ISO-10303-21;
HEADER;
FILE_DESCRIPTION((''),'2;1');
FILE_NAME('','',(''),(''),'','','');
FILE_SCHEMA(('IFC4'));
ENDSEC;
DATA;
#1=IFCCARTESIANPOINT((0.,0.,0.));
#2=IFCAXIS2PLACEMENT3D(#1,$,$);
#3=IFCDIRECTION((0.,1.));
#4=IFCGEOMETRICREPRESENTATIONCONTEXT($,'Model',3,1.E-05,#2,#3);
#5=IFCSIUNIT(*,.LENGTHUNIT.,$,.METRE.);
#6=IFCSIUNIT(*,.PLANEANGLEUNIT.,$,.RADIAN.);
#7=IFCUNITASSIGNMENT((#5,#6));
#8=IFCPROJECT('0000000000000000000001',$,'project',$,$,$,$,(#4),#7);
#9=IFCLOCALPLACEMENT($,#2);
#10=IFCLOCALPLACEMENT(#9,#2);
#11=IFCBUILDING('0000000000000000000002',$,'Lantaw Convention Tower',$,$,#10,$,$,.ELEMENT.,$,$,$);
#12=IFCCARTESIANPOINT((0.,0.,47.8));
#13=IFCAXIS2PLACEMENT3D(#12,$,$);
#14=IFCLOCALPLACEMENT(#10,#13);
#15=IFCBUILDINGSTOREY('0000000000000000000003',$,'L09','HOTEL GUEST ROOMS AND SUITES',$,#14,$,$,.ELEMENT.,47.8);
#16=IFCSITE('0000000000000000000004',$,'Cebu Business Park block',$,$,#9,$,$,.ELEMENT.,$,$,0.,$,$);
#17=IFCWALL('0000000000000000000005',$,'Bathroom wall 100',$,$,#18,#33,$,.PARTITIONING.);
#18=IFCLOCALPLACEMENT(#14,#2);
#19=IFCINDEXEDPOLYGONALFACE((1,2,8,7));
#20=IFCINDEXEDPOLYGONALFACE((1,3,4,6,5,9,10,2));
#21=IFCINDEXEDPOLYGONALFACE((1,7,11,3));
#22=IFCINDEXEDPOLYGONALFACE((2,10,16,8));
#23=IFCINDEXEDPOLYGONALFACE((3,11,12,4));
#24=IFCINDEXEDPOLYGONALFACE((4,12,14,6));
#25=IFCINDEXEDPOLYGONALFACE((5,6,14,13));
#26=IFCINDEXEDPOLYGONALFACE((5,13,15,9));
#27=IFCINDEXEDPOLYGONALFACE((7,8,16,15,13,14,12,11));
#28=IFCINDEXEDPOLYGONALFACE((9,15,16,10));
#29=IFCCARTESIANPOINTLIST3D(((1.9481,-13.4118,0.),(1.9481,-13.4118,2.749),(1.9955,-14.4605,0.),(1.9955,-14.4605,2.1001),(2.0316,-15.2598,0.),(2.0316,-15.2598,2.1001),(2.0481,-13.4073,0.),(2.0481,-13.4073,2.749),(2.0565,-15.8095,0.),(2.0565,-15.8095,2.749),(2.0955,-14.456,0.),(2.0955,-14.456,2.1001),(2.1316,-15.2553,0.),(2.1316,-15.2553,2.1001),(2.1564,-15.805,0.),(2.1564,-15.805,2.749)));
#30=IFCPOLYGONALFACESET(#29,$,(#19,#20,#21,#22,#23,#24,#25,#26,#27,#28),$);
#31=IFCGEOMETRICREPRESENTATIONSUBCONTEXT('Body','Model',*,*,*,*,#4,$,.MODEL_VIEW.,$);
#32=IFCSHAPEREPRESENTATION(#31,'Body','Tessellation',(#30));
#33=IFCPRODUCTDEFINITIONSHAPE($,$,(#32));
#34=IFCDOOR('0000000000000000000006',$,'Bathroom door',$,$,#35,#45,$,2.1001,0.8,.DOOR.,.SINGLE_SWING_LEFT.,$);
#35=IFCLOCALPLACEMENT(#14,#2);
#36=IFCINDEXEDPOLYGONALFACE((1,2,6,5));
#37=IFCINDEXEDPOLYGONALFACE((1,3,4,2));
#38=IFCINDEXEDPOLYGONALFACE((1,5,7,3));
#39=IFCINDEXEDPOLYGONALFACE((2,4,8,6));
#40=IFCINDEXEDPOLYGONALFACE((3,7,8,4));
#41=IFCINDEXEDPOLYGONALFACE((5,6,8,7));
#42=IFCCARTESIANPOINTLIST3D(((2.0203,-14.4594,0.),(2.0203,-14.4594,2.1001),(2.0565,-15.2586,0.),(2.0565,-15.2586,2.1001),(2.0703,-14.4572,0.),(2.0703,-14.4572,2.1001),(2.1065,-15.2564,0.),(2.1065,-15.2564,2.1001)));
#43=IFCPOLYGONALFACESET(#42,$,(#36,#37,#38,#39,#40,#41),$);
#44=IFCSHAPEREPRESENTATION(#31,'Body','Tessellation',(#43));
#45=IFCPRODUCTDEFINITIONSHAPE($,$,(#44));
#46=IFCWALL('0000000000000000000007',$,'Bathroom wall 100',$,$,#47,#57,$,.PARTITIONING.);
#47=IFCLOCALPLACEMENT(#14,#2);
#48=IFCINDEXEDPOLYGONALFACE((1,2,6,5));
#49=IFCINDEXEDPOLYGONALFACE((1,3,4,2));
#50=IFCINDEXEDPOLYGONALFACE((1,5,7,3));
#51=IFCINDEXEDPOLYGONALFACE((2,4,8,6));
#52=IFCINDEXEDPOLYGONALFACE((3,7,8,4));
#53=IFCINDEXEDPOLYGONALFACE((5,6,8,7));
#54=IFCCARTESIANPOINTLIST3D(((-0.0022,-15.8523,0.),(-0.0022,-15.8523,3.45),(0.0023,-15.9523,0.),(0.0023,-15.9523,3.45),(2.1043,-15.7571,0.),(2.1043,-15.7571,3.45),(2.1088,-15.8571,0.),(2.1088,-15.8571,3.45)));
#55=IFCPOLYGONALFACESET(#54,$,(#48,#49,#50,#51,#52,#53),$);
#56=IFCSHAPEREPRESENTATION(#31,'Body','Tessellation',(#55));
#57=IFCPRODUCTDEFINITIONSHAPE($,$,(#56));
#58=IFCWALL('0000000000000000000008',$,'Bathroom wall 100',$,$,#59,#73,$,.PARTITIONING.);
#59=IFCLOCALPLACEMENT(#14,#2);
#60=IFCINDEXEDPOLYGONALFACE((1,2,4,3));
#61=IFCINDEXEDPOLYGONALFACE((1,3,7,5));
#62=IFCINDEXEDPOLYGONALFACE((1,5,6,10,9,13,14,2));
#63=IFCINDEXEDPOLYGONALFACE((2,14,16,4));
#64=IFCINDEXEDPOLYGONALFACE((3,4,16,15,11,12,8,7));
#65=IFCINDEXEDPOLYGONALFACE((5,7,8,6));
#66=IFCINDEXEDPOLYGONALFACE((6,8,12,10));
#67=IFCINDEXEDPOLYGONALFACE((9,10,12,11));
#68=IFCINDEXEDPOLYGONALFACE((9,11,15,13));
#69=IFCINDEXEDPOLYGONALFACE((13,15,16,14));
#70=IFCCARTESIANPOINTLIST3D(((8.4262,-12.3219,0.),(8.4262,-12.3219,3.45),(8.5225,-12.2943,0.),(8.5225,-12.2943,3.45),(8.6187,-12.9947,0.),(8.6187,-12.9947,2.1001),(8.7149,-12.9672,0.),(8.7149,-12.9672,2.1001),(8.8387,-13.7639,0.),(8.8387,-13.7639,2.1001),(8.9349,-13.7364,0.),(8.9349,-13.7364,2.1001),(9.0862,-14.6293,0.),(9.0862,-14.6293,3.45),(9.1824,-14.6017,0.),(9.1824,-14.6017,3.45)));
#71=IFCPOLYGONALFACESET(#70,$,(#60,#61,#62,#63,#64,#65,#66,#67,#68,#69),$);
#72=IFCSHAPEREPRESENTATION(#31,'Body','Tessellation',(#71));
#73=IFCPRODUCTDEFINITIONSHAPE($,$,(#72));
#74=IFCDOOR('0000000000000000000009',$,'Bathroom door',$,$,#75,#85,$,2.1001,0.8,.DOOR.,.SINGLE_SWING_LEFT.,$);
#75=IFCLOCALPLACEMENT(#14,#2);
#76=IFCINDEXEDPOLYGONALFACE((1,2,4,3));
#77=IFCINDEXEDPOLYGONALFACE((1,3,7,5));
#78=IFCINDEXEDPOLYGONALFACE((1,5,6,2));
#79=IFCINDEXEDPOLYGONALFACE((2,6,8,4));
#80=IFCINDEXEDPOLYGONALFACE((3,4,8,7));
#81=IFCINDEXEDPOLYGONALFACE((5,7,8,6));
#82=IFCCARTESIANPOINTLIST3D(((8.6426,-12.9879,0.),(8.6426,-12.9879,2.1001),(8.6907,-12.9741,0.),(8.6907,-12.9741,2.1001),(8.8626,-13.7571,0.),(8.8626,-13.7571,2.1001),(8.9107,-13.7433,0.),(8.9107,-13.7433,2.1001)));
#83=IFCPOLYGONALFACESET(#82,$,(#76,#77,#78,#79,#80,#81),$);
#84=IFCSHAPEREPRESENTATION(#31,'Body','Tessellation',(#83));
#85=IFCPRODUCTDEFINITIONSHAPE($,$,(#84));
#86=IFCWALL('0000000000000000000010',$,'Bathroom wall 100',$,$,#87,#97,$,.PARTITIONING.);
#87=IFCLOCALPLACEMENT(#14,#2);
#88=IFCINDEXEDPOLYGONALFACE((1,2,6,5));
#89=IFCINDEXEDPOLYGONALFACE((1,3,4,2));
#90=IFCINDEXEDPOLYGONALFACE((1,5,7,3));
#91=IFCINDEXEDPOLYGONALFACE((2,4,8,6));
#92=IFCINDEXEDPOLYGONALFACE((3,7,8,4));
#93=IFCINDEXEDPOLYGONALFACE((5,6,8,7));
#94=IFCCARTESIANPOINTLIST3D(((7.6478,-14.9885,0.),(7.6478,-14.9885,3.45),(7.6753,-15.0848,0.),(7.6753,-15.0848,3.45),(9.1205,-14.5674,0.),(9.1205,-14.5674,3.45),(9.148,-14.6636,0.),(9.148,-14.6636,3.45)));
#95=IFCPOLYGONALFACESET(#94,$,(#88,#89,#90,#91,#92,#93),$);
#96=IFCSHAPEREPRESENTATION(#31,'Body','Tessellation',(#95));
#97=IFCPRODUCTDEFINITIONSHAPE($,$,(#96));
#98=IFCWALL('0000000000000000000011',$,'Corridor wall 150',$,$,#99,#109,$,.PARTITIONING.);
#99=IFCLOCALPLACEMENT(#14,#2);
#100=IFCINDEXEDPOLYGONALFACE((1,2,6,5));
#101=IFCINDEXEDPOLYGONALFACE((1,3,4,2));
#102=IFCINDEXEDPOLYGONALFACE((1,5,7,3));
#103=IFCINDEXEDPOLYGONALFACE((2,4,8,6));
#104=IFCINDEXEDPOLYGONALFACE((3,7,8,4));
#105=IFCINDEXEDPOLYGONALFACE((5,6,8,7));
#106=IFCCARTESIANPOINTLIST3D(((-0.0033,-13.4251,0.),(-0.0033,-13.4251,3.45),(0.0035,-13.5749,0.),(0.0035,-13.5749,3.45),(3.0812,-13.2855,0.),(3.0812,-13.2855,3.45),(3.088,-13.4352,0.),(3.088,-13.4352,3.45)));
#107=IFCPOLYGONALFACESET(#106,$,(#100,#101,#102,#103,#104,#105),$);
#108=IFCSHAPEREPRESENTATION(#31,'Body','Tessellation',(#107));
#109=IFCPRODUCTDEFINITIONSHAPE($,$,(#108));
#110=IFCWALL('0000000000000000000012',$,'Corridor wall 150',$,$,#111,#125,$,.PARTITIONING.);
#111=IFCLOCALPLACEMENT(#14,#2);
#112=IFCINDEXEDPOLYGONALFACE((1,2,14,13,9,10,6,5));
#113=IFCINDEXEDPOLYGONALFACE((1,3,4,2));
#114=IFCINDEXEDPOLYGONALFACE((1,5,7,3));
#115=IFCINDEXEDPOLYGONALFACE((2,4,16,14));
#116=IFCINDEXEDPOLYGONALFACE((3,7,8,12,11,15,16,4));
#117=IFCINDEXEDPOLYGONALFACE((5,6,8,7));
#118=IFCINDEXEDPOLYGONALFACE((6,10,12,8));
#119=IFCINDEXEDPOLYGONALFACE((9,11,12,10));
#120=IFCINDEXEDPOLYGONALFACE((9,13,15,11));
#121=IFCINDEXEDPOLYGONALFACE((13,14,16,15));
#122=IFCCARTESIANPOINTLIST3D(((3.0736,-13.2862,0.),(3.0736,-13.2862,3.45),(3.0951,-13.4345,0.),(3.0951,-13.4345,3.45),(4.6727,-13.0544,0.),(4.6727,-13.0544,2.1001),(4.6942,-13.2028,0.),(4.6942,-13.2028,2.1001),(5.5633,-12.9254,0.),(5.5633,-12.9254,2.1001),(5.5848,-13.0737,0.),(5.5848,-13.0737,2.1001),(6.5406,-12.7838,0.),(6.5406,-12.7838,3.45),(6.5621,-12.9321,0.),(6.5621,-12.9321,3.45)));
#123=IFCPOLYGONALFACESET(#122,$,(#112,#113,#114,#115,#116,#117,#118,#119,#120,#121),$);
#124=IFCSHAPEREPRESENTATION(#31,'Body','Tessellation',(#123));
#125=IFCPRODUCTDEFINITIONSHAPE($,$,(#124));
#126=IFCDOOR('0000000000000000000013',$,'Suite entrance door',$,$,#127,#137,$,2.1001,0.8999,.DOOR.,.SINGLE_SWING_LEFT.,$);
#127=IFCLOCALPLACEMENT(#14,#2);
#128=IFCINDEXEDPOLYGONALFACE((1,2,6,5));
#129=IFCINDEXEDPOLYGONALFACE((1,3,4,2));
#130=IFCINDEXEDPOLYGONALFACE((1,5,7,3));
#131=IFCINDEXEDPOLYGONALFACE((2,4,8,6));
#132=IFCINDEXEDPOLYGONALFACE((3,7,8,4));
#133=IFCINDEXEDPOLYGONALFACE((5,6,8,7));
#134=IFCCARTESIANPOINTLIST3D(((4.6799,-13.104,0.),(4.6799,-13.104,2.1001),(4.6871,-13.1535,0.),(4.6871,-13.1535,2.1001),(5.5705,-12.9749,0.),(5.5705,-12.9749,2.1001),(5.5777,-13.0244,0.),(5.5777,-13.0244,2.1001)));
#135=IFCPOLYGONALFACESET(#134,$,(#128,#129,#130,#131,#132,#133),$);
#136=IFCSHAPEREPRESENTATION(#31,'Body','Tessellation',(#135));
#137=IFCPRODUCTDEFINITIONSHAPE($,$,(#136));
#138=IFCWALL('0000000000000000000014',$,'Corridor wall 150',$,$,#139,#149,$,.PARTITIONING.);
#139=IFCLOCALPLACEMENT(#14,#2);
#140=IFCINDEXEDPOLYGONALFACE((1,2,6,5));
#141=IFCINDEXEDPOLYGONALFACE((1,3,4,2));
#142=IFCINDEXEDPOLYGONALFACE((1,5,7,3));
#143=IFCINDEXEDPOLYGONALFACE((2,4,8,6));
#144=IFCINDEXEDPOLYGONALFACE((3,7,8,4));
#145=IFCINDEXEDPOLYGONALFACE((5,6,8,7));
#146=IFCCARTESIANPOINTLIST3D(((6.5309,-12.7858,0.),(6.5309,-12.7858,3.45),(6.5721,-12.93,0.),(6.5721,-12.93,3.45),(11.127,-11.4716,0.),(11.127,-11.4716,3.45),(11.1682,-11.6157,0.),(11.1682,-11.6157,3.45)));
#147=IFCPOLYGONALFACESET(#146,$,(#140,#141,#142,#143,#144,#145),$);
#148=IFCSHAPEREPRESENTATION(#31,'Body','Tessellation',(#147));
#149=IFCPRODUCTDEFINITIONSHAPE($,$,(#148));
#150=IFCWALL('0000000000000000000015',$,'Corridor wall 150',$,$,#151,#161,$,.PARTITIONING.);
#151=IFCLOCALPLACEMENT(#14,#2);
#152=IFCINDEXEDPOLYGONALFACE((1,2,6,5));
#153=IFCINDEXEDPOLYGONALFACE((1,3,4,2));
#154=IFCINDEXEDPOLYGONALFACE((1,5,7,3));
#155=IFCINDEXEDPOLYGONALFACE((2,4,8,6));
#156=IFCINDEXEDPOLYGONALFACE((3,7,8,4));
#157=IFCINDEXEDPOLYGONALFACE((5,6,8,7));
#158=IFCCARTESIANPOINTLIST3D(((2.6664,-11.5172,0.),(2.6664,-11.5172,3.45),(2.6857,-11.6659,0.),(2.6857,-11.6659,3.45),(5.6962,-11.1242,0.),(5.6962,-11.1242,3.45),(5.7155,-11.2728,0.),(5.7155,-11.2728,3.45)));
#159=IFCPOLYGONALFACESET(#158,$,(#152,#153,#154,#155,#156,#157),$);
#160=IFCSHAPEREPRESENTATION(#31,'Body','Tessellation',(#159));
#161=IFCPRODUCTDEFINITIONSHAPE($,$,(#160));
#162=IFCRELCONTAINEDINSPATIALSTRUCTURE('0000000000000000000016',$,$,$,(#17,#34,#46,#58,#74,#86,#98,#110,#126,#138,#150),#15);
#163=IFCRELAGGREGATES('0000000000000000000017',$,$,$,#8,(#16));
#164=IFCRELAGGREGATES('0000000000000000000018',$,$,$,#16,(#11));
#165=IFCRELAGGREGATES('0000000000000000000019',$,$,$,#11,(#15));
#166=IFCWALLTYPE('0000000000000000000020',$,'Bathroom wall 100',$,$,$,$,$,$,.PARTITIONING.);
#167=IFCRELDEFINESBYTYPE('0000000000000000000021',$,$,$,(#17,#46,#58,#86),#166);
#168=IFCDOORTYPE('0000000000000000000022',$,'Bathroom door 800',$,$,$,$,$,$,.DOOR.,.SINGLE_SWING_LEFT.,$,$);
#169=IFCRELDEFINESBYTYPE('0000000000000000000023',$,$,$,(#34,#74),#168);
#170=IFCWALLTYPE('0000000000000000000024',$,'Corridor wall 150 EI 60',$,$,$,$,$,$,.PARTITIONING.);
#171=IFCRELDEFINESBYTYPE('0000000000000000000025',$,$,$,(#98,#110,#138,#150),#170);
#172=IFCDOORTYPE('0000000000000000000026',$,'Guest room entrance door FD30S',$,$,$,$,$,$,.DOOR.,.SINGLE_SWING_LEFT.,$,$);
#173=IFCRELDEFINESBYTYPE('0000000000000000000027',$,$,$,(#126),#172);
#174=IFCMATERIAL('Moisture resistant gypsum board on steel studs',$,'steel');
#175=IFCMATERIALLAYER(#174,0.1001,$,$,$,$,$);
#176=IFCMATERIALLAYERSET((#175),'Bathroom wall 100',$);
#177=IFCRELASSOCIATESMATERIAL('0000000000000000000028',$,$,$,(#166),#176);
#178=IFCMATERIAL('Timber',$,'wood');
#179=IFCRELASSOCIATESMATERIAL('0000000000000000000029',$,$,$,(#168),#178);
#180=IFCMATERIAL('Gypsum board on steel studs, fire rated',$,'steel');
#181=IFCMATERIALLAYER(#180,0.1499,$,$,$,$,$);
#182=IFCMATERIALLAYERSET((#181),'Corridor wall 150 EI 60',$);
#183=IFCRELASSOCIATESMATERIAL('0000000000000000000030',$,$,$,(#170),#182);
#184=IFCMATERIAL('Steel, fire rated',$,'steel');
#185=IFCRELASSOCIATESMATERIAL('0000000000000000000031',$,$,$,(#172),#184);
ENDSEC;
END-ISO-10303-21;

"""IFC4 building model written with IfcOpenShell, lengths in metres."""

from ifc_helpers import new_model, si_unit, direction, frame, frame_2d, origin, place, context, subcontext, project, spatial, rectangle, extrude, material, layer, layer_set, type_object, element, fill, save


model = new_model("IFC4")

# Units and contexts
model_context = context("Model", 3, precision=1e-05, world=origin(), true_north=direction((0.0, 1.0)))
body_context = subcontext(model_context, "Body", "Model", "MODEL_VIEW")
ifc_project = project(units=[si_unit("LENGTHUNIT", "METRE"), si_unit("PLANEANGLEUNIT", "RADIAN")], contexts=[model_context])

# Site, building, storey
site_placement = place(None, origin())
site = spatial("IfcSite", under=ifc_project, at=site_placement, Name="Cebu Business Park block", CompositionType="ELEMENT", RefElevation=0.0)
building_placement = place(site_placement, origin())
building = spatial("IfcBuilding", under=site, at=building_placement, Name="Lantaw Convention Tower", CompositionType="ELEMENT")
storey_placement = place(building_placement, frame((0.0, 0.0, 47.8)))
storey = spatial("IfcBuildingStorey", under=building, at=storey_placement, Name="L09", Description="HOTEL GUEST ROOMS AND SUITES", CompositionType="ELEMENT", Elevation=47.8)

# Wall, opening, door
ifc_material_1 = material(Name="Moisture resistant gypsum board on steel studs", Category="steel")
ifc_layer_1 = layer(ifc_material_1, 0.1001)
ifc_layer_set_1 = layer_set([ifc_layer_1], Name="Bathroom wall 100")
wall_type_1 = type_object("IfcWallType", Name="Bathroom wall 100", PredefinedType="PARTITIONING", material=ifc_layer_set_1)
wall_1_placement = place(storey_placement, frame((1.998, -13.4094, 0.0), z_axis=(0.0, 0.0, 1.0), x_axis=(0.045163, -0.99898, 0.0)))
wall_1 = element("IfcWall", 1, at=wall_1_placement, inside=storey, type_object=wall_type_1, Name="Bathroom wall 100", PredefinedType="PARTITIONING", context=body_context, shape_type="SweptSolid", body=[
    extrude(rectangle(XDim=2.4001, YDim=0.1001, at=frame_2d((1.2002, 0.0))), origin(), (0.0, 0.0, 1.0), 2.749),
])
opening_1_placement = place(wall_1_placement, frame((1.05, 0.0, 0.0)))
opening_1 = element("IfcOpeningElement", 2, at=opening_1_placement, cuts=wall_1, PredefinedType="OPENING", context=body_context, shape_type="SweptSolid", body=[
    extrude(rectangle(XDim=0.8, YDim=2.1001, at=frame_2d((0.3999, 1.05))), frame((0.0, 0.0601, 0.0), z_axis=(0.0, -1.0, 0.0), x_axis=(1.0, 0.0, 0.0)), (0.0, 0.0, 1.0), 0.1201),
])
ifc_material_2 = material(Name="Timber", Category="wood")
door_type_1 = type_object("IfcDoorType", Name="Bathroom door 800", OperationType="SINGLE_SWING_LEFT", PredefinedType="DOOR", material=ifc_material_2)
door_1_placement = place(opening_1_placement, origin())
door_1 = element("IfcDoor", 3, at=door_1_placement, inside=storey, type_object=door_type_1, Name="Bathroom door", OperationType="SINGLE_SWING_LEFT", OverallHeight=2.1001, OverallWidth=0.8, PredefinedType="DOOR", context=body_context, shape_type="SweptSolid", body=[
    extrude(rectangle(XDim=0.8, YDim=2.1001, at=frame_2d((0.3999, 1.05))), frame((0.0, 0.0249, 0.0), z_axis=(0.0, -1.0, 0.0), x_axis=(1.0, 0.0, 0.0)), (0.0, 0.0, 1.0), 0.05),
])
fill(opening_1, door_1)

# Wall
wall_2_placement = place(storey_placement, frame((2.1064, -15.8071, 0.0), z_axis=(0.0, 0.0, 1.0), x_axis=(-0.99898, -0.045156, 0.0)))
element("IfcWall", 4, at=wall_2_placement, inside=storey, type_object=wall_type_1, Name="Bathroom wall 100", PredefinedType="PARTITIONING", context=body_context, shape_type="SweptSolid", body=[
    extrude(rectangle(XDim=2.1086, YDim=0.1001, at=frame_2d((1.0542, 0.0))), origin(), (0.0, 0.0, 1.0), 3.45),
])

# Wall, opening, door
wall_3_placement = place(storey_placement, frame((8.4744, -12.3081, 0.0), z_axis=(0.0, 0.0, 1.0), x_axis=(0.274976, -0.961451, 0.0)))
wall_3 = element("IfcWall", 5, at=wall_3_placement, inside=storey, type_object=wall_type_1, Name="Bathroom wall 100", PredefinedType="PARTITIONING", context=body_context, shape_type="SweptSolid", body=[
    extrude(rectangle(XDim=2.3999, YDim=0.1001, at=frame_2d((1.2, 0.0))), origin(), (0.0, 0.0, 1.0), 3.45),
])
opening_2_placement = place(wall_3_placement, frame((0.7, 0.0, 0.0)))
opening_2 = element("IfcOpeningElement", 6, at=opening_2_placement, cuts=wall_3, PredefinedType="OPENING", context=body_context, shape_type="SweptSolid", body=[
    extrude(rectangle(XDim=0.8, YDim=2.1001, at=frame_2d((0.3999, 1.05))), frame((0.0, 0.0601, 0.0), z_axis=(0.0, -1.0, 0.0), x_axis=(1.0, 0.0, 0.0)), (0.0, 0.0, 1.0), 0.1201),
])
door_2_placement = place(opening_2_placement, origin())
door_2 = element("IfcDoor", 7, at=door_2_placement, inside=storey, type_object=door_type_1, Name="Bathroom door", OperationType="SINGLE_SWING_LEFT", OverallHeight=2.1001, OverallWidth=0.8, PredefinedType="DOOR", context=body_context, shape_type="SweptSolid", body=[
    extrude(rectangle(XDim=0.8, YDim=2.1001, at=frame_2d((0.3999, 1.05))), frame((0.0, 0.0249, 0.0), z_axis=(0.0, -1.0, 0.0), x_axis=(1.0, 0.0, 0.0)), (0.0, 0.0, 1.0), 0.05),
])
fill(opening_2, door_2)

# Walls
wall_4_placement = place(storey_placement, frame((9.1343, -14.6155, 0.0), z_axis=(0.0, 0.0, 1.0), x_axis=(-0.961458, -0.274953, 0.0)))
element("IfcWall", 8, at=wall_4_placement, inside=storey, type_object=wall_type_1, Name="Bathroom wall 100", PredefinedType="PARTITIONING", context=body_context, shape_type="SweptSolid", body=[
    extrude(rectangle(XDim=1.5317, YDim=0.1001, at=frame_2d((0.7659, 0.0))), origin(), (0.0, 0.0, 1.0), 3.45),
])
ifc_material_3 = material(Name="Gypsum board on steel studs, fire rated", Category="steel")
ifc_layer_2 = layer(ifc_material_3, 0.1499)
ifc_layer_set_2 = layer_set([ifc_layer_2], Name="Corridor wall 150 EI 60")
wall_type_2 = type_object("IfcWallType", Name="Corridor wall 150 EI 60", PredefinedType="PARTITIONING", material=ifc_layer_set_2)
wall_5_placement = place(storey_placement, frame((0.0, -13.5, 0.0), z_axis=(0.0, 0.0, 1.0), x_axis=(0.998977, 0.045228, 0.0)))
element("IfcWall", 9, at=wall_5_placement, inside=storey, type_object=wall_type_2, Name="Corridor wall 150", PredefinedType="PARTITIONING", context=body_context, shape_type="SweptSolid", body=[
    extrude(rectangle(XDim=3.0876, YDim=0.1499, at=frame_2d((1.5439, 0.0))), origin(), (0.0, 0.0, 1.0), 3.45),
])

# Wall, opening, door
wall_6_placement = place(storey_placement, frame((3.0845, -13.3604, 0.0), z_axis=(0.0, 0.0, 1.0), x_axis=(0.989662, 0.143421, 0.0)))
wall_6 = element("IfcWall", 10, at=wall_6_placement, inside=storey, type_object=wall_type_2, Name="Corridor wall 150", PredefinedType="PARTITIONING", context=body_context, shape_type="SweptSolid", body=[
    extrude(rectangle(XDim=3.5032, YDim=0.1499, at=frame_2d((1.7515, 0.0))), origin(), (0.0, 0.0, 1.0), 3.45),
])
opening_3_placement = place(wall_6_placement, frame((1.6157, 0.0, 0.0)))
opening_3 = element("IfcOpeningElement", 11, at=opening_3_placement, cuts=wall_6, PredefinedType="OPENING", context=body_context, shape_type="SweptSolid", body=[
    extrude(rectangle(XDim=0.8999, YDim=2.1001, at=frame_2d((0.45, 1.05))), frame((0.0, 0.085, 0.0), z_axis=(0.0, -1.0, 0.0), x_axis=(1.0, 0.0, 0.0)), (0.0, 0.0, 1.0), 0.1699),
])
ifc_material_4 = material(Name="Steel, fire rated", Category="steel")
door_type_2 = type_object("IfcDoorType", Name="Guest room entrance door FD30S", OperationType="SINGLE_SWING_LEFT", PredefinedType="DOOR", material=ifc_material_4)
door_3_placement = place(opening_3_placement, origin())
door_3 = element("IfcDoor", 12, at=door_3_placement, inside=storey, type_object=door_type_2, Name="Suite entrance door", OperationType="SINGLE_SWING_LEFT", OverallHeight=2.1001, OverallWidth=0.8999, PredefinedType="DOOR", context=body_context, shape_type="SweptSolid", body=[
    extrude(rectangle(XDim=0.8999, YDim=2.1001, at=frame_2d((0.45, 1.05))), frame((0.0, 0.0249, 0.0), z_axis=(0.0, -1.0, 0.0), x_axis=(1.0, 0.0, 0.0)), (0.0, 0.0, 1.0), 0.05),
])
fill(opening_3, door_3)

# Walls
wall_7_placement = place(storey_placement, frame((6.5515, -12.8579, 0.0), z_axis=(0.0, 0.0, 1.0), x_axis=(0.961464, 0.27493, 0.0)))
element("IfcWall", 13, at=wall_7_placement, inside=storey, type_object=wall_type_2, Name="Corridor wall 150", PredefinedType="PARTITIONING", context=body_context, shape_type="SweptSolid", body=[
    extrude(rectangle(XDim=4.7803, YDim=0.1499, at=frame_2d((2.3901, 0.0))), origin(), (0.0, 0.0, 1.0), 3.45),
])
wall_8_placement = place(storey_placement, frame((2.676, -11.5916, 0.0), z_axis=(0.0, 0.0, 1.0), x_axis=(0.991689, 0.128656, 0.0)))
element("IfcWall", 14, at=wall_8_placement, inside=storey, type_object=wall_type_2, Name="Corridor wall 150", PredefinedType="PARTITIONING", context=body_context, shape_type="SweptSolid", body=[
    extrude(rectangle(XDim=3.0552, YDim=0.1499, at=frame_2d((1.5276, 0.0))), origin(), (0.0, 0.0, 1.0), 3.45),
])

save(model, "model.ifc")
